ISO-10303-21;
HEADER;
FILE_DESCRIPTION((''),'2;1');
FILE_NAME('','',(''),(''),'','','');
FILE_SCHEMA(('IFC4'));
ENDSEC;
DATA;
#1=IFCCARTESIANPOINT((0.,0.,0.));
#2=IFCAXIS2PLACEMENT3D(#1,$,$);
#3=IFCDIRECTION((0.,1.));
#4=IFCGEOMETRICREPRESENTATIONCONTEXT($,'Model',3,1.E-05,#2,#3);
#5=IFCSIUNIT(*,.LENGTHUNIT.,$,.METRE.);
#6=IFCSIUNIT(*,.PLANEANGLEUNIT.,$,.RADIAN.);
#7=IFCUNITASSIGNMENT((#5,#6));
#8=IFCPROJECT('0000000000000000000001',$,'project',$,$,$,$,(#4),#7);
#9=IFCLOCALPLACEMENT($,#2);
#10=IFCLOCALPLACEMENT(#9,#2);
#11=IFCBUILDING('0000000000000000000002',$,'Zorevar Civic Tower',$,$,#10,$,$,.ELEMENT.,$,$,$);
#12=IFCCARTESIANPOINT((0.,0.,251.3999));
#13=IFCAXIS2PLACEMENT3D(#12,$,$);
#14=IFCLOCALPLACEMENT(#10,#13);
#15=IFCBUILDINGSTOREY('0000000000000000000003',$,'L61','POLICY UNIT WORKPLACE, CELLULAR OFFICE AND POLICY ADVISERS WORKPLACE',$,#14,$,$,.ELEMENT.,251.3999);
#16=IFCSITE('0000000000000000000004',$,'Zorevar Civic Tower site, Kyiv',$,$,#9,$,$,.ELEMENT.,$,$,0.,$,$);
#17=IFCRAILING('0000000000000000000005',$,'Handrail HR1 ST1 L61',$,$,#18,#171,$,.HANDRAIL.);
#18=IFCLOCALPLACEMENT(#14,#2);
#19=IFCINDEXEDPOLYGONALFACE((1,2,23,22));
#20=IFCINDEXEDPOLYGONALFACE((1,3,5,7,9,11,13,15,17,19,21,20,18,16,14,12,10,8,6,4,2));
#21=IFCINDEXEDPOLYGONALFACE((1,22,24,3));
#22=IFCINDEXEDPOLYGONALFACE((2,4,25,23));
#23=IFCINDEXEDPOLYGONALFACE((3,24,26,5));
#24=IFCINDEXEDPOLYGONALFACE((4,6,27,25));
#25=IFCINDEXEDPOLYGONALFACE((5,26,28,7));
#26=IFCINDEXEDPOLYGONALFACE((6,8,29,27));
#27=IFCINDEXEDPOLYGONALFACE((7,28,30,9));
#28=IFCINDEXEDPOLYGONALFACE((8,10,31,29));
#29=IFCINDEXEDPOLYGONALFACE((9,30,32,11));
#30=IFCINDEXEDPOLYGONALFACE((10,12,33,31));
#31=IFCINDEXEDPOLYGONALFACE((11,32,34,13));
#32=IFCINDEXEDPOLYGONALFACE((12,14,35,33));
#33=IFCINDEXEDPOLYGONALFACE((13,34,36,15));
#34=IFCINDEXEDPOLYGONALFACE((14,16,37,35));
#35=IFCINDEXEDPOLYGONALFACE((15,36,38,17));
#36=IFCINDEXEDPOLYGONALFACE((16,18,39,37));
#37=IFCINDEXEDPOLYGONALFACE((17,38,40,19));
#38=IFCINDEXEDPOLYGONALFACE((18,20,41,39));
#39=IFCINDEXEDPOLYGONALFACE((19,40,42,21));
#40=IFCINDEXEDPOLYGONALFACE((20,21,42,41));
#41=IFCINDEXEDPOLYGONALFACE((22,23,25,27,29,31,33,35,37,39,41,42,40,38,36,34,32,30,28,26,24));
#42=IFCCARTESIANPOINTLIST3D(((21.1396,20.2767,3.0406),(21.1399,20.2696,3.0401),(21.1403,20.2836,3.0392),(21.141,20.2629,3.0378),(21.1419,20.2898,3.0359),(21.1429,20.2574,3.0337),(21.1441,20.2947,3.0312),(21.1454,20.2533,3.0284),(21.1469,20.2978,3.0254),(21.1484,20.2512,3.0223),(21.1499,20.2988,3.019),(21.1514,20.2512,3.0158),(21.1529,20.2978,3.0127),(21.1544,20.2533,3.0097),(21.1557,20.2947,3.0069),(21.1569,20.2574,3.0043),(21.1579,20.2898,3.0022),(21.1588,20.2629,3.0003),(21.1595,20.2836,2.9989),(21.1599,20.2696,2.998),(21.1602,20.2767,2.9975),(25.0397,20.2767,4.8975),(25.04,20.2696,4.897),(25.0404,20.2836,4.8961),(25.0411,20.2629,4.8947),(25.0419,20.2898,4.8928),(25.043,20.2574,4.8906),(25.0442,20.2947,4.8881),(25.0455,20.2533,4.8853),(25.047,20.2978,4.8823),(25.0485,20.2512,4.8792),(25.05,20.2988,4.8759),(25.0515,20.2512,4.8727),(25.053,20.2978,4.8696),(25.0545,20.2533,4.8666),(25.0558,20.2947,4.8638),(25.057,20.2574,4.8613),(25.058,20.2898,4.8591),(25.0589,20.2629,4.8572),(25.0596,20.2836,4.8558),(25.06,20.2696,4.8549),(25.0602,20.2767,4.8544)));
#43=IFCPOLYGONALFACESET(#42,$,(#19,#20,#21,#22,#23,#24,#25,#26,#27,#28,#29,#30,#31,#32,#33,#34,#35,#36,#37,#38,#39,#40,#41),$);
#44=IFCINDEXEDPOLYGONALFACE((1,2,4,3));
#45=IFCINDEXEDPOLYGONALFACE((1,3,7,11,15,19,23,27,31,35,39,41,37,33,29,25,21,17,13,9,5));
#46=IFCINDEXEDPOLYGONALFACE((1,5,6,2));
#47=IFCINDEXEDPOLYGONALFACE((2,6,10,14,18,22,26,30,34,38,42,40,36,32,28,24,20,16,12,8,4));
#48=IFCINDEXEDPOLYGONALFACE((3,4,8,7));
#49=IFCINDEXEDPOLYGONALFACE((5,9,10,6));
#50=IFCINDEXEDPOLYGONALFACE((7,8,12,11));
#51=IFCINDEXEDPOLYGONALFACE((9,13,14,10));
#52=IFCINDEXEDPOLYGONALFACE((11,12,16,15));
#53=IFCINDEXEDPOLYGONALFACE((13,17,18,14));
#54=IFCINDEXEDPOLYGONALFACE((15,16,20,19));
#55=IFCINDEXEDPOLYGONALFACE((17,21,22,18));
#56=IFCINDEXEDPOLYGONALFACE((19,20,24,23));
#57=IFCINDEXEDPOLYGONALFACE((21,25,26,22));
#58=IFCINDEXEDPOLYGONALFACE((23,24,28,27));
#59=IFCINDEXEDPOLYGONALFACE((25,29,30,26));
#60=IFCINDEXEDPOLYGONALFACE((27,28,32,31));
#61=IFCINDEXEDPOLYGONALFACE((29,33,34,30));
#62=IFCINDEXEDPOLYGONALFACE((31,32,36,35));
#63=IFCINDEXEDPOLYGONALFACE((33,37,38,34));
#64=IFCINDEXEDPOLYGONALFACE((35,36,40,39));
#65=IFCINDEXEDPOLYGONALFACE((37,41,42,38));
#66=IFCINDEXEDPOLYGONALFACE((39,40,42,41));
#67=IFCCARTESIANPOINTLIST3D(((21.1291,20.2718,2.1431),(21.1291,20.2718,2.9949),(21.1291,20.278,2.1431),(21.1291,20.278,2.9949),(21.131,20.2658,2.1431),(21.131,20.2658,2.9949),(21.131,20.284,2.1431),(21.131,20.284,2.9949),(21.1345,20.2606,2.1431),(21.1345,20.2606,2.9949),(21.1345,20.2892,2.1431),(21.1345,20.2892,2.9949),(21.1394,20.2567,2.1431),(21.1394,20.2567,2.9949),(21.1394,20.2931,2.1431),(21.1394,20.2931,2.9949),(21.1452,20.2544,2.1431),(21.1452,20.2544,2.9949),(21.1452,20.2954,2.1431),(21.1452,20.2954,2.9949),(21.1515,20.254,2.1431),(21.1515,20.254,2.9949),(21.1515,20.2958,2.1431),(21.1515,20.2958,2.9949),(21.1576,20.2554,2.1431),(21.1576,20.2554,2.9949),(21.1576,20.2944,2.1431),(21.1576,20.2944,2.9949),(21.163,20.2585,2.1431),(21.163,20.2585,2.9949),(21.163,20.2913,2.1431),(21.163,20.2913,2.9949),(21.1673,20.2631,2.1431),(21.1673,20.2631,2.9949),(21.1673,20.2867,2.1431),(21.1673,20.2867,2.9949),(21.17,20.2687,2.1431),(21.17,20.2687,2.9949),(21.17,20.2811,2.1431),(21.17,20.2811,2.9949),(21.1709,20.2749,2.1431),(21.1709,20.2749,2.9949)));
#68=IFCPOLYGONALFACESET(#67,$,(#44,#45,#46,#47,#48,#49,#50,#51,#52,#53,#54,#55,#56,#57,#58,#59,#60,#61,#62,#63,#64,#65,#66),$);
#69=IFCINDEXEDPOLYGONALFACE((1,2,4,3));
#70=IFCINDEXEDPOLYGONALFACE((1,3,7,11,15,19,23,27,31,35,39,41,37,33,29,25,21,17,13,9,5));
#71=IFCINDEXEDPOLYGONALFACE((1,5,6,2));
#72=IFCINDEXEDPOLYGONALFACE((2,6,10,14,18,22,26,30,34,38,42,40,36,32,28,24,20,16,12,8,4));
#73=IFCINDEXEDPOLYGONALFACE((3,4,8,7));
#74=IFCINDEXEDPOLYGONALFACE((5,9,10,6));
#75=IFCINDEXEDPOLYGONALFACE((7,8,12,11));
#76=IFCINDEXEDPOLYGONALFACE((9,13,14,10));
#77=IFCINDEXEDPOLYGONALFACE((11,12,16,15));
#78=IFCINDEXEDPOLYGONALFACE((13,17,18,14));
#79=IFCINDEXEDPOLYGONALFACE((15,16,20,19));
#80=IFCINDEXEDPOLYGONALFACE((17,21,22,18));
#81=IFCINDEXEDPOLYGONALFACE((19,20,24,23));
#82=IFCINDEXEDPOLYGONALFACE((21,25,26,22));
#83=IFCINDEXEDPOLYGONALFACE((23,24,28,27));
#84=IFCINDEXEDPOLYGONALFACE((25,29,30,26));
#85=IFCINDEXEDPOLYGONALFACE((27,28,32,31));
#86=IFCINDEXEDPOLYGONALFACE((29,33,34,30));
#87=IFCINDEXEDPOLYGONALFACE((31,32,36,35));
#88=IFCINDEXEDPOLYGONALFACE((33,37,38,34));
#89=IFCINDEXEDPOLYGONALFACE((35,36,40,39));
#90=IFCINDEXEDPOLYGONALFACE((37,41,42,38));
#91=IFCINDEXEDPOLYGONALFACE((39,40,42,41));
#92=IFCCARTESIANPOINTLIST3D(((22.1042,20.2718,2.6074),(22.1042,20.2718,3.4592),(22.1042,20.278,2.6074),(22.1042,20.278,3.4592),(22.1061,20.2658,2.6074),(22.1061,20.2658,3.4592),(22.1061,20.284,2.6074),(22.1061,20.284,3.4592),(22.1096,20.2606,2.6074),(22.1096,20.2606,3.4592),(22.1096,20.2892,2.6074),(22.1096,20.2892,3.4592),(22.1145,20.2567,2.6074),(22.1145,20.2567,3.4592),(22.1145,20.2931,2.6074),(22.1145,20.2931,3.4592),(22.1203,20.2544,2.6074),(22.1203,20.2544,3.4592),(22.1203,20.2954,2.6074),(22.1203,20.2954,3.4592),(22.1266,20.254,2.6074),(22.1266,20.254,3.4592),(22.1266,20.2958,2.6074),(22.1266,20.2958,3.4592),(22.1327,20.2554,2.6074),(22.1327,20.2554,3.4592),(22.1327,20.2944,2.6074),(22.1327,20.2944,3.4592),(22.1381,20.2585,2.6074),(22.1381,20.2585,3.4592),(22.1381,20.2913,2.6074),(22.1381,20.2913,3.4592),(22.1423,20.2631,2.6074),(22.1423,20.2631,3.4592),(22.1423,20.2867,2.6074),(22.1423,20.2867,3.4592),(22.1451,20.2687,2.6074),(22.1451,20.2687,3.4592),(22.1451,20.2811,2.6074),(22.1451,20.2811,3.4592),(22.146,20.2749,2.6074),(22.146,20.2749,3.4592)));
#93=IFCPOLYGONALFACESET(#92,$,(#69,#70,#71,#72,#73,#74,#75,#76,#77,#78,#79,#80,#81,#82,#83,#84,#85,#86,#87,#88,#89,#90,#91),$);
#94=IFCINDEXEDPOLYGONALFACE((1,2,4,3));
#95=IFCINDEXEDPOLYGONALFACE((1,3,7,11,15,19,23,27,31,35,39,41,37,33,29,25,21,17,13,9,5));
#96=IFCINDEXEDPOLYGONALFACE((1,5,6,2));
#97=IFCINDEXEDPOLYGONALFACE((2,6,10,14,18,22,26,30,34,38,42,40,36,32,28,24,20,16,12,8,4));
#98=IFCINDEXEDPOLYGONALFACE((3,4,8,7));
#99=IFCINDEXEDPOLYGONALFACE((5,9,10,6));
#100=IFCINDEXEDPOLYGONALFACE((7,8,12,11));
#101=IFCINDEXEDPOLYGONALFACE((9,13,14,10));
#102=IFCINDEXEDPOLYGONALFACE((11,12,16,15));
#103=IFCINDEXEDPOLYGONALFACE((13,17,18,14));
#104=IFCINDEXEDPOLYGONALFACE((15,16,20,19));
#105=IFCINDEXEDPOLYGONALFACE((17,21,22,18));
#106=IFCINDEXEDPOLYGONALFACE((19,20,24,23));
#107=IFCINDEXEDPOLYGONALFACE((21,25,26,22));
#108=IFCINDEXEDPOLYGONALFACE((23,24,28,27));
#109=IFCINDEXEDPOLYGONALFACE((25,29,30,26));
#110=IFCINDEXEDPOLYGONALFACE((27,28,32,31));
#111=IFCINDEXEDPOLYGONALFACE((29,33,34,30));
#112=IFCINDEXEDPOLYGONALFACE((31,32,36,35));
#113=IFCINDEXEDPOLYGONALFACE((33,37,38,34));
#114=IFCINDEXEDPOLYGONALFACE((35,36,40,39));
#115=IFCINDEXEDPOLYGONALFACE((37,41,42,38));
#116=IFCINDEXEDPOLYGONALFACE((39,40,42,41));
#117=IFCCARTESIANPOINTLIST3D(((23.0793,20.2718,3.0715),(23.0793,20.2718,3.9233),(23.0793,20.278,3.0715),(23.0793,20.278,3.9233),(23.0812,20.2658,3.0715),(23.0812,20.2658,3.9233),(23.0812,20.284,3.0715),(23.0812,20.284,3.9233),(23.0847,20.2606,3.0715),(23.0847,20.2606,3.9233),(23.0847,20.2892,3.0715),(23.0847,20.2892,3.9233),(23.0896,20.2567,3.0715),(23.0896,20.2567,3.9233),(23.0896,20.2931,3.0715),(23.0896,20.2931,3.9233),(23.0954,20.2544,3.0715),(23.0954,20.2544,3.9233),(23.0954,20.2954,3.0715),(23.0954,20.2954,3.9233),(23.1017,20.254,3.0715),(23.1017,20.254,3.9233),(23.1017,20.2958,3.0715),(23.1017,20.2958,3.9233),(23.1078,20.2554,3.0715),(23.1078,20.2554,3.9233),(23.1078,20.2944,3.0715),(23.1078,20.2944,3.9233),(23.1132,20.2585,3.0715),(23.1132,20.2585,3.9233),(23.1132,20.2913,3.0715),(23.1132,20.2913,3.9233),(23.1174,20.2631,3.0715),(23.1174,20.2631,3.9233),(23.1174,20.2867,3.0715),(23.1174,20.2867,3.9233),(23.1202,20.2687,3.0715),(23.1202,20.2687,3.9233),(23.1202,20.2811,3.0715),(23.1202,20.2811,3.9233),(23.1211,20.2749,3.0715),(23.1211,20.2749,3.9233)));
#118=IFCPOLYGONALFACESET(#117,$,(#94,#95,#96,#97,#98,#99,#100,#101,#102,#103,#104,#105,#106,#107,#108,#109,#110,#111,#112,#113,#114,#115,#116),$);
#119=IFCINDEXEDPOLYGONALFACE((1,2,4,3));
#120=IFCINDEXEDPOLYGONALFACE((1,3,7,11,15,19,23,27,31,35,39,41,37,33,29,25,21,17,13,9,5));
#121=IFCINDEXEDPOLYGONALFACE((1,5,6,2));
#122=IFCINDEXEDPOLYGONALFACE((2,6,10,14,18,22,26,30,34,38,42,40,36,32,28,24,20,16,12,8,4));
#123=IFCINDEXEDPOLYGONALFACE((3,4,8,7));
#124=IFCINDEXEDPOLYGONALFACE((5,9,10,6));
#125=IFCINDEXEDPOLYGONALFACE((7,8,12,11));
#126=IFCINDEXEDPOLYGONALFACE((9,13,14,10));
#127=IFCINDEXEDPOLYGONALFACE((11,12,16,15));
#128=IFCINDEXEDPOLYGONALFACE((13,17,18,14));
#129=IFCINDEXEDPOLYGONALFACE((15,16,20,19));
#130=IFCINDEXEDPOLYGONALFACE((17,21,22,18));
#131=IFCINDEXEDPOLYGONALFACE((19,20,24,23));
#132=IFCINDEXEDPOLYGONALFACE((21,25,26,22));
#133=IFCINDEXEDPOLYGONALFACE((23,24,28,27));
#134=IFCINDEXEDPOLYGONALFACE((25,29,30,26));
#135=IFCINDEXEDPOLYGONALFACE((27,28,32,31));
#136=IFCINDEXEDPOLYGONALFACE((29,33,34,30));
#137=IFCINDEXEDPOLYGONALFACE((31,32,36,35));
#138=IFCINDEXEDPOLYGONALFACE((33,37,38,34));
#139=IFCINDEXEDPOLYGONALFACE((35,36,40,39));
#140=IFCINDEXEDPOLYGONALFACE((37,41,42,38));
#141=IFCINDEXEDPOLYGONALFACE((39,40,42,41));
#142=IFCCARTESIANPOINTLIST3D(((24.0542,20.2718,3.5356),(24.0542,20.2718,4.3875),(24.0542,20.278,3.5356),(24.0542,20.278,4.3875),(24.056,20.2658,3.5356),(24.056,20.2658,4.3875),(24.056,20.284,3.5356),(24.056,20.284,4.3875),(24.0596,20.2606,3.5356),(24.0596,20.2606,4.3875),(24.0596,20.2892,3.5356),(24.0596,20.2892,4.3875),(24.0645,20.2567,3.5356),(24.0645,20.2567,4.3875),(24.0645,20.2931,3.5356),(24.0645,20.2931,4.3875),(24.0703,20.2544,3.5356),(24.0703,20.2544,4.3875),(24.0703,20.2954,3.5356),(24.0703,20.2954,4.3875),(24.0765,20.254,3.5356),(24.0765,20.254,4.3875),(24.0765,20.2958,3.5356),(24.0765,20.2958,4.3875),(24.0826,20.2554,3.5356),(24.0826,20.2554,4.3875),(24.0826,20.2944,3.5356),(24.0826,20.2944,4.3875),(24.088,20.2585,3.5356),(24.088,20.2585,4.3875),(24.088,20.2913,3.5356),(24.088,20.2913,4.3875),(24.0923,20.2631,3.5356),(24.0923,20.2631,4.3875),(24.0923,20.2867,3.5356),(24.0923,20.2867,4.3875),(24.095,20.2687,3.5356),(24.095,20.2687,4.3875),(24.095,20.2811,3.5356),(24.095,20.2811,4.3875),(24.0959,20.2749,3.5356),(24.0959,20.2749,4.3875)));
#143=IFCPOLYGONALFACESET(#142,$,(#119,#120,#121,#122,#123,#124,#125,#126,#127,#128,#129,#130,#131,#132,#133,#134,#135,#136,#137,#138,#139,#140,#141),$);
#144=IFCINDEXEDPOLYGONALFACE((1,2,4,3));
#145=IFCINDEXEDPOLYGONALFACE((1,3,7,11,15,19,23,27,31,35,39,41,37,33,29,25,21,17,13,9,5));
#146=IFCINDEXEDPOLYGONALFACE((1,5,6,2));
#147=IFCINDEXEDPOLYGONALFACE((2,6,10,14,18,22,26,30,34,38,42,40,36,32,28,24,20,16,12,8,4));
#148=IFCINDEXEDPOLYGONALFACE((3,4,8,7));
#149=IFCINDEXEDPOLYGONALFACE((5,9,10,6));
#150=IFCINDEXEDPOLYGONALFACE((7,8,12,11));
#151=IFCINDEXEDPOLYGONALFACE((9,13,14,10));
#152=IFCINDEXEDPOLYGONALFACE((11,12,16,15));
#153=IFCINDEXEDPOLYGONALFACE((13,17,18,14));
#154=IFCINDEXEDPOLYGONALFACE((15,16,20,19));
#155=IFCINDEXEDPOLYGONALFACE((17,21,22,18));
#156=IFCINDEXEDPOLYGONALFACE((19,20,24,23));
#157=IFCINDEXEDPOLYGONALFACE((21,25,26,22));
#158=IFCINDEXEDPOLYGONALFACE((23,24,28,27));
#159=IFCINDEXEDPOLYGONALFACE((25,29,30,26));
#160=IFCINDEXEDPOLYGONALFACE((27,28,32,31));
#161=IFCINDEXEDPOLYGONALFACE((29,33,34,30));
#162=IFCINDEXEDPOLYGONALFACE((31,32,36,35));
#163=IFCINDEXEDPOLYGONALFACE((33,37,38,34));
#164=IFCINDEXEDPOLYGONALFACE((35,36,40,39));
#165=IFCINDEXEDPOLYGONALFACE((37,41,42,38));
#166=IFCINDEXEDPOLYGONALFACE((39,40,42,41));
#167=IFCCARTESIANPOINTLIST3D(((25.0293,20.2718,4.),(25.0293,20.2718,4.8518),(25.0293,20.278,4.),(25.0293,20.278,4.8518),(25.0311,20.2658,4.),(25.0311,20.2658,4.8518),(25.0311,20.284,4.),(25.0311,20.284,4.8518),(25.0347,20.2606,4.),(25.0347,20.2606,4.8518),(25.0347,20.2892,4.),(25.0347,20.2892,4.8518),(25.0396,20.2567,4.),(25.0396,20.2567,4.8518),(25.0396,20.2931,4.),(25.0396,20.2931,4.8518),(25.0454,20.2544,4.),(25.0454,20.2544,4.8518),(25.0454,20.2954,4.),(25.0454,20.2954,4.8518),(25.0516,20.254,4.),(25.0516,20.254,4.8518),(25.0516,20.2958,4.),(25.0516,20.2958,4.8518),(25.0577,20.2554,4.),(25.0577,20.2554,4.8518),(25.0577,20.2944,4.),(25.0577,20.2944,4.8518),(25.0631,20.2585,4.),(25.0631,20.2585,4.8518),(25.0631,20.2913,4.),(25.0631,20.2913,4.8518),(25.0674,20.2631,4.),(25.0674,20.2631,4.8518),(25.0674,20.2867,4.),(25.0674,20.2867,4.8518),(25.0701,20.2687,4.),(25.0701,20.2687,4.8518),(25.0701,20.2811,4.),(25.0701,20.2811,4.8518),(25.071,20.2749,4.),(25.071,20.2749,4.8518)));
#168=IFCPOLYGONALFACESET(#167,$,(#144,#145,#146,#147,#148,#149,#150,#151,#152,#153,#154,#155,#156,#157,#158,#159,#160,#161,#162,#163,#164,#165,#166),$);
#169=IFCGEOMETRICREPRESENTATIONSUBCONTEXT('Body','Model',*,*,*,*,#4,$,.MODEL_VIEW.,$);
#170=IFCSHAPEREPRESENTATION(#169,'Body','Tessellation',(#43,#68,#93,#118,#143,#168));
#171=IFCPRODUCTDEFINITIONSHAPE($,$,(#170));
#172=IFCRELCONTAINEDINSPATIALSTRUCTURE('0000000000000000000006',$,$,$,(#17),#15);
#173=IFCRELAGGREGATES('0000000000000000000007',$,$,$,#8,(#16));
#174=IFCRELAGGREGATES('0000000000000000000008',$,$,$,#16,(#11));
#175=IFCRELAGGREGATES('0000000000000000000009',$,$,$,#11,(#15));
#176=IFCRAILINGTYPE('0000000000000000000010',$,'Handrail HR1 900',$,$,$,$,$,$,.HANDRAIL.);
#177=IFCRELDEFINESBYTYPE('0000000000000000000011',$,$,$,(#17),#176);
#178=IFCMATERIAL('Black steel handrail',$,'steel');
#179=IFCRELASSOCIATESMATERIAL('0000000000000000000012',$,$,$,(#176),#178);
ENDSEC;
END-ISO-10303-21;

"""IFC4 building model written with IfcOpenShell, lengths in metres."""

from ifc_helpers import new_model, si_unit, direction, frame, origin, origin_2d, place, context, subcontext, project, spatial, circle, extrude, material, type_object, element, save


model = new_model("IFC4")

# Units and contexts
model_context = context("Model", 3, precision=1e-05, world=origin(), true_north=direction((0.0, 1.0)))
body_context = subcontext(model_context, "Body", "Model", "MODEL_VIEW")
ifc_project = project(units=[si_unit("LENGTHUNIT", "METRE"), si_unit("PLANEANGLEUNIT", "RADIAN")], contexts=[model_context])

# Site, building, storey
site_placement = place(None, origin())
site = spatial("IfcSite", under=ifc_project, at=site_placement, Name="Zorevar Civic Tower site, Kyiv", CompositionType="ELEMENT", RefElevation=0.0)
building_placement = place(site_placement, origin())
building = spatial("IfcBuilding", under=site, at=building_placement, Name="Zorevar Civic Tower", CompositionType="ELEMENT")
storey_placement = place(building_placement, frame((0.0, 0.0, 251.3999)))
storey = spatial("IfcBuildingStorey", under=building, at=storey_placement, Name="L61", Description="POLICY UNIT WORKPLACE, CELLULAR OFFICE AND POLICY ADVISERS WORKPLACE", CompositionType="ELEMENT", Elevation=251.3999)

# Railing
ifc_material_1 = material(Name="Black steel handrail", Category="steel")
railing_type = type_object("IfcRailingType", Name="Handrail HR1 900", PredefinedType="HANDRAIL", material=ifc_material_1)
railing_1_placement = place(storey_placement, frame((21.1499, 20.2749, 2.1431)))
element("IfcRailing", 1, at=railing_1_placement, inside=storey, type_object=railing_type, Name="Handrail HR1 ST1 L61", PredefinedType="HANDRAIL", context=body_context, shape_type="SweptSolid", body=[
    extrude(circle(Radius=0.0239, at=origin_2d()), frame((0.0, 0.0, 0.876), z_axis=(0.902886, 0.0, 0.429881), x_axis=(0.0, 1.0, 0.0)), (0.0, 0.0, 1.0), 4.3196),
    extrude(circle(Radius=0.021, at=origin_2d()), origin(), (0.0, 0.0, 1.0), 0.8518),
    extrude(circle(Radius=0.021, at=origin_2d()), frame((0.9751, 0.0, 0.4644)), (0.0, 0.0, 1.0), 0.8518),
    extrude(circle(Radius=0.021, at=origin_2d()), frame((1.9502, 0.0, 0.9285)), (0.0, 0.0, 1.0), 0.8518),
    extrude(circle(Radius=0.021, at=origin_2d()), frame((2.925, 0.0, 1.3926)), (0.0, 0.0, 1.0), 0.8518),
    extrude(circle(Radius=0.021, at=origin_2d()), frame((3.9001, 0.0, 1.8569)), (0.0, 0.0, 1.0), 0.8518),
])

save(model, "model.ifc")
